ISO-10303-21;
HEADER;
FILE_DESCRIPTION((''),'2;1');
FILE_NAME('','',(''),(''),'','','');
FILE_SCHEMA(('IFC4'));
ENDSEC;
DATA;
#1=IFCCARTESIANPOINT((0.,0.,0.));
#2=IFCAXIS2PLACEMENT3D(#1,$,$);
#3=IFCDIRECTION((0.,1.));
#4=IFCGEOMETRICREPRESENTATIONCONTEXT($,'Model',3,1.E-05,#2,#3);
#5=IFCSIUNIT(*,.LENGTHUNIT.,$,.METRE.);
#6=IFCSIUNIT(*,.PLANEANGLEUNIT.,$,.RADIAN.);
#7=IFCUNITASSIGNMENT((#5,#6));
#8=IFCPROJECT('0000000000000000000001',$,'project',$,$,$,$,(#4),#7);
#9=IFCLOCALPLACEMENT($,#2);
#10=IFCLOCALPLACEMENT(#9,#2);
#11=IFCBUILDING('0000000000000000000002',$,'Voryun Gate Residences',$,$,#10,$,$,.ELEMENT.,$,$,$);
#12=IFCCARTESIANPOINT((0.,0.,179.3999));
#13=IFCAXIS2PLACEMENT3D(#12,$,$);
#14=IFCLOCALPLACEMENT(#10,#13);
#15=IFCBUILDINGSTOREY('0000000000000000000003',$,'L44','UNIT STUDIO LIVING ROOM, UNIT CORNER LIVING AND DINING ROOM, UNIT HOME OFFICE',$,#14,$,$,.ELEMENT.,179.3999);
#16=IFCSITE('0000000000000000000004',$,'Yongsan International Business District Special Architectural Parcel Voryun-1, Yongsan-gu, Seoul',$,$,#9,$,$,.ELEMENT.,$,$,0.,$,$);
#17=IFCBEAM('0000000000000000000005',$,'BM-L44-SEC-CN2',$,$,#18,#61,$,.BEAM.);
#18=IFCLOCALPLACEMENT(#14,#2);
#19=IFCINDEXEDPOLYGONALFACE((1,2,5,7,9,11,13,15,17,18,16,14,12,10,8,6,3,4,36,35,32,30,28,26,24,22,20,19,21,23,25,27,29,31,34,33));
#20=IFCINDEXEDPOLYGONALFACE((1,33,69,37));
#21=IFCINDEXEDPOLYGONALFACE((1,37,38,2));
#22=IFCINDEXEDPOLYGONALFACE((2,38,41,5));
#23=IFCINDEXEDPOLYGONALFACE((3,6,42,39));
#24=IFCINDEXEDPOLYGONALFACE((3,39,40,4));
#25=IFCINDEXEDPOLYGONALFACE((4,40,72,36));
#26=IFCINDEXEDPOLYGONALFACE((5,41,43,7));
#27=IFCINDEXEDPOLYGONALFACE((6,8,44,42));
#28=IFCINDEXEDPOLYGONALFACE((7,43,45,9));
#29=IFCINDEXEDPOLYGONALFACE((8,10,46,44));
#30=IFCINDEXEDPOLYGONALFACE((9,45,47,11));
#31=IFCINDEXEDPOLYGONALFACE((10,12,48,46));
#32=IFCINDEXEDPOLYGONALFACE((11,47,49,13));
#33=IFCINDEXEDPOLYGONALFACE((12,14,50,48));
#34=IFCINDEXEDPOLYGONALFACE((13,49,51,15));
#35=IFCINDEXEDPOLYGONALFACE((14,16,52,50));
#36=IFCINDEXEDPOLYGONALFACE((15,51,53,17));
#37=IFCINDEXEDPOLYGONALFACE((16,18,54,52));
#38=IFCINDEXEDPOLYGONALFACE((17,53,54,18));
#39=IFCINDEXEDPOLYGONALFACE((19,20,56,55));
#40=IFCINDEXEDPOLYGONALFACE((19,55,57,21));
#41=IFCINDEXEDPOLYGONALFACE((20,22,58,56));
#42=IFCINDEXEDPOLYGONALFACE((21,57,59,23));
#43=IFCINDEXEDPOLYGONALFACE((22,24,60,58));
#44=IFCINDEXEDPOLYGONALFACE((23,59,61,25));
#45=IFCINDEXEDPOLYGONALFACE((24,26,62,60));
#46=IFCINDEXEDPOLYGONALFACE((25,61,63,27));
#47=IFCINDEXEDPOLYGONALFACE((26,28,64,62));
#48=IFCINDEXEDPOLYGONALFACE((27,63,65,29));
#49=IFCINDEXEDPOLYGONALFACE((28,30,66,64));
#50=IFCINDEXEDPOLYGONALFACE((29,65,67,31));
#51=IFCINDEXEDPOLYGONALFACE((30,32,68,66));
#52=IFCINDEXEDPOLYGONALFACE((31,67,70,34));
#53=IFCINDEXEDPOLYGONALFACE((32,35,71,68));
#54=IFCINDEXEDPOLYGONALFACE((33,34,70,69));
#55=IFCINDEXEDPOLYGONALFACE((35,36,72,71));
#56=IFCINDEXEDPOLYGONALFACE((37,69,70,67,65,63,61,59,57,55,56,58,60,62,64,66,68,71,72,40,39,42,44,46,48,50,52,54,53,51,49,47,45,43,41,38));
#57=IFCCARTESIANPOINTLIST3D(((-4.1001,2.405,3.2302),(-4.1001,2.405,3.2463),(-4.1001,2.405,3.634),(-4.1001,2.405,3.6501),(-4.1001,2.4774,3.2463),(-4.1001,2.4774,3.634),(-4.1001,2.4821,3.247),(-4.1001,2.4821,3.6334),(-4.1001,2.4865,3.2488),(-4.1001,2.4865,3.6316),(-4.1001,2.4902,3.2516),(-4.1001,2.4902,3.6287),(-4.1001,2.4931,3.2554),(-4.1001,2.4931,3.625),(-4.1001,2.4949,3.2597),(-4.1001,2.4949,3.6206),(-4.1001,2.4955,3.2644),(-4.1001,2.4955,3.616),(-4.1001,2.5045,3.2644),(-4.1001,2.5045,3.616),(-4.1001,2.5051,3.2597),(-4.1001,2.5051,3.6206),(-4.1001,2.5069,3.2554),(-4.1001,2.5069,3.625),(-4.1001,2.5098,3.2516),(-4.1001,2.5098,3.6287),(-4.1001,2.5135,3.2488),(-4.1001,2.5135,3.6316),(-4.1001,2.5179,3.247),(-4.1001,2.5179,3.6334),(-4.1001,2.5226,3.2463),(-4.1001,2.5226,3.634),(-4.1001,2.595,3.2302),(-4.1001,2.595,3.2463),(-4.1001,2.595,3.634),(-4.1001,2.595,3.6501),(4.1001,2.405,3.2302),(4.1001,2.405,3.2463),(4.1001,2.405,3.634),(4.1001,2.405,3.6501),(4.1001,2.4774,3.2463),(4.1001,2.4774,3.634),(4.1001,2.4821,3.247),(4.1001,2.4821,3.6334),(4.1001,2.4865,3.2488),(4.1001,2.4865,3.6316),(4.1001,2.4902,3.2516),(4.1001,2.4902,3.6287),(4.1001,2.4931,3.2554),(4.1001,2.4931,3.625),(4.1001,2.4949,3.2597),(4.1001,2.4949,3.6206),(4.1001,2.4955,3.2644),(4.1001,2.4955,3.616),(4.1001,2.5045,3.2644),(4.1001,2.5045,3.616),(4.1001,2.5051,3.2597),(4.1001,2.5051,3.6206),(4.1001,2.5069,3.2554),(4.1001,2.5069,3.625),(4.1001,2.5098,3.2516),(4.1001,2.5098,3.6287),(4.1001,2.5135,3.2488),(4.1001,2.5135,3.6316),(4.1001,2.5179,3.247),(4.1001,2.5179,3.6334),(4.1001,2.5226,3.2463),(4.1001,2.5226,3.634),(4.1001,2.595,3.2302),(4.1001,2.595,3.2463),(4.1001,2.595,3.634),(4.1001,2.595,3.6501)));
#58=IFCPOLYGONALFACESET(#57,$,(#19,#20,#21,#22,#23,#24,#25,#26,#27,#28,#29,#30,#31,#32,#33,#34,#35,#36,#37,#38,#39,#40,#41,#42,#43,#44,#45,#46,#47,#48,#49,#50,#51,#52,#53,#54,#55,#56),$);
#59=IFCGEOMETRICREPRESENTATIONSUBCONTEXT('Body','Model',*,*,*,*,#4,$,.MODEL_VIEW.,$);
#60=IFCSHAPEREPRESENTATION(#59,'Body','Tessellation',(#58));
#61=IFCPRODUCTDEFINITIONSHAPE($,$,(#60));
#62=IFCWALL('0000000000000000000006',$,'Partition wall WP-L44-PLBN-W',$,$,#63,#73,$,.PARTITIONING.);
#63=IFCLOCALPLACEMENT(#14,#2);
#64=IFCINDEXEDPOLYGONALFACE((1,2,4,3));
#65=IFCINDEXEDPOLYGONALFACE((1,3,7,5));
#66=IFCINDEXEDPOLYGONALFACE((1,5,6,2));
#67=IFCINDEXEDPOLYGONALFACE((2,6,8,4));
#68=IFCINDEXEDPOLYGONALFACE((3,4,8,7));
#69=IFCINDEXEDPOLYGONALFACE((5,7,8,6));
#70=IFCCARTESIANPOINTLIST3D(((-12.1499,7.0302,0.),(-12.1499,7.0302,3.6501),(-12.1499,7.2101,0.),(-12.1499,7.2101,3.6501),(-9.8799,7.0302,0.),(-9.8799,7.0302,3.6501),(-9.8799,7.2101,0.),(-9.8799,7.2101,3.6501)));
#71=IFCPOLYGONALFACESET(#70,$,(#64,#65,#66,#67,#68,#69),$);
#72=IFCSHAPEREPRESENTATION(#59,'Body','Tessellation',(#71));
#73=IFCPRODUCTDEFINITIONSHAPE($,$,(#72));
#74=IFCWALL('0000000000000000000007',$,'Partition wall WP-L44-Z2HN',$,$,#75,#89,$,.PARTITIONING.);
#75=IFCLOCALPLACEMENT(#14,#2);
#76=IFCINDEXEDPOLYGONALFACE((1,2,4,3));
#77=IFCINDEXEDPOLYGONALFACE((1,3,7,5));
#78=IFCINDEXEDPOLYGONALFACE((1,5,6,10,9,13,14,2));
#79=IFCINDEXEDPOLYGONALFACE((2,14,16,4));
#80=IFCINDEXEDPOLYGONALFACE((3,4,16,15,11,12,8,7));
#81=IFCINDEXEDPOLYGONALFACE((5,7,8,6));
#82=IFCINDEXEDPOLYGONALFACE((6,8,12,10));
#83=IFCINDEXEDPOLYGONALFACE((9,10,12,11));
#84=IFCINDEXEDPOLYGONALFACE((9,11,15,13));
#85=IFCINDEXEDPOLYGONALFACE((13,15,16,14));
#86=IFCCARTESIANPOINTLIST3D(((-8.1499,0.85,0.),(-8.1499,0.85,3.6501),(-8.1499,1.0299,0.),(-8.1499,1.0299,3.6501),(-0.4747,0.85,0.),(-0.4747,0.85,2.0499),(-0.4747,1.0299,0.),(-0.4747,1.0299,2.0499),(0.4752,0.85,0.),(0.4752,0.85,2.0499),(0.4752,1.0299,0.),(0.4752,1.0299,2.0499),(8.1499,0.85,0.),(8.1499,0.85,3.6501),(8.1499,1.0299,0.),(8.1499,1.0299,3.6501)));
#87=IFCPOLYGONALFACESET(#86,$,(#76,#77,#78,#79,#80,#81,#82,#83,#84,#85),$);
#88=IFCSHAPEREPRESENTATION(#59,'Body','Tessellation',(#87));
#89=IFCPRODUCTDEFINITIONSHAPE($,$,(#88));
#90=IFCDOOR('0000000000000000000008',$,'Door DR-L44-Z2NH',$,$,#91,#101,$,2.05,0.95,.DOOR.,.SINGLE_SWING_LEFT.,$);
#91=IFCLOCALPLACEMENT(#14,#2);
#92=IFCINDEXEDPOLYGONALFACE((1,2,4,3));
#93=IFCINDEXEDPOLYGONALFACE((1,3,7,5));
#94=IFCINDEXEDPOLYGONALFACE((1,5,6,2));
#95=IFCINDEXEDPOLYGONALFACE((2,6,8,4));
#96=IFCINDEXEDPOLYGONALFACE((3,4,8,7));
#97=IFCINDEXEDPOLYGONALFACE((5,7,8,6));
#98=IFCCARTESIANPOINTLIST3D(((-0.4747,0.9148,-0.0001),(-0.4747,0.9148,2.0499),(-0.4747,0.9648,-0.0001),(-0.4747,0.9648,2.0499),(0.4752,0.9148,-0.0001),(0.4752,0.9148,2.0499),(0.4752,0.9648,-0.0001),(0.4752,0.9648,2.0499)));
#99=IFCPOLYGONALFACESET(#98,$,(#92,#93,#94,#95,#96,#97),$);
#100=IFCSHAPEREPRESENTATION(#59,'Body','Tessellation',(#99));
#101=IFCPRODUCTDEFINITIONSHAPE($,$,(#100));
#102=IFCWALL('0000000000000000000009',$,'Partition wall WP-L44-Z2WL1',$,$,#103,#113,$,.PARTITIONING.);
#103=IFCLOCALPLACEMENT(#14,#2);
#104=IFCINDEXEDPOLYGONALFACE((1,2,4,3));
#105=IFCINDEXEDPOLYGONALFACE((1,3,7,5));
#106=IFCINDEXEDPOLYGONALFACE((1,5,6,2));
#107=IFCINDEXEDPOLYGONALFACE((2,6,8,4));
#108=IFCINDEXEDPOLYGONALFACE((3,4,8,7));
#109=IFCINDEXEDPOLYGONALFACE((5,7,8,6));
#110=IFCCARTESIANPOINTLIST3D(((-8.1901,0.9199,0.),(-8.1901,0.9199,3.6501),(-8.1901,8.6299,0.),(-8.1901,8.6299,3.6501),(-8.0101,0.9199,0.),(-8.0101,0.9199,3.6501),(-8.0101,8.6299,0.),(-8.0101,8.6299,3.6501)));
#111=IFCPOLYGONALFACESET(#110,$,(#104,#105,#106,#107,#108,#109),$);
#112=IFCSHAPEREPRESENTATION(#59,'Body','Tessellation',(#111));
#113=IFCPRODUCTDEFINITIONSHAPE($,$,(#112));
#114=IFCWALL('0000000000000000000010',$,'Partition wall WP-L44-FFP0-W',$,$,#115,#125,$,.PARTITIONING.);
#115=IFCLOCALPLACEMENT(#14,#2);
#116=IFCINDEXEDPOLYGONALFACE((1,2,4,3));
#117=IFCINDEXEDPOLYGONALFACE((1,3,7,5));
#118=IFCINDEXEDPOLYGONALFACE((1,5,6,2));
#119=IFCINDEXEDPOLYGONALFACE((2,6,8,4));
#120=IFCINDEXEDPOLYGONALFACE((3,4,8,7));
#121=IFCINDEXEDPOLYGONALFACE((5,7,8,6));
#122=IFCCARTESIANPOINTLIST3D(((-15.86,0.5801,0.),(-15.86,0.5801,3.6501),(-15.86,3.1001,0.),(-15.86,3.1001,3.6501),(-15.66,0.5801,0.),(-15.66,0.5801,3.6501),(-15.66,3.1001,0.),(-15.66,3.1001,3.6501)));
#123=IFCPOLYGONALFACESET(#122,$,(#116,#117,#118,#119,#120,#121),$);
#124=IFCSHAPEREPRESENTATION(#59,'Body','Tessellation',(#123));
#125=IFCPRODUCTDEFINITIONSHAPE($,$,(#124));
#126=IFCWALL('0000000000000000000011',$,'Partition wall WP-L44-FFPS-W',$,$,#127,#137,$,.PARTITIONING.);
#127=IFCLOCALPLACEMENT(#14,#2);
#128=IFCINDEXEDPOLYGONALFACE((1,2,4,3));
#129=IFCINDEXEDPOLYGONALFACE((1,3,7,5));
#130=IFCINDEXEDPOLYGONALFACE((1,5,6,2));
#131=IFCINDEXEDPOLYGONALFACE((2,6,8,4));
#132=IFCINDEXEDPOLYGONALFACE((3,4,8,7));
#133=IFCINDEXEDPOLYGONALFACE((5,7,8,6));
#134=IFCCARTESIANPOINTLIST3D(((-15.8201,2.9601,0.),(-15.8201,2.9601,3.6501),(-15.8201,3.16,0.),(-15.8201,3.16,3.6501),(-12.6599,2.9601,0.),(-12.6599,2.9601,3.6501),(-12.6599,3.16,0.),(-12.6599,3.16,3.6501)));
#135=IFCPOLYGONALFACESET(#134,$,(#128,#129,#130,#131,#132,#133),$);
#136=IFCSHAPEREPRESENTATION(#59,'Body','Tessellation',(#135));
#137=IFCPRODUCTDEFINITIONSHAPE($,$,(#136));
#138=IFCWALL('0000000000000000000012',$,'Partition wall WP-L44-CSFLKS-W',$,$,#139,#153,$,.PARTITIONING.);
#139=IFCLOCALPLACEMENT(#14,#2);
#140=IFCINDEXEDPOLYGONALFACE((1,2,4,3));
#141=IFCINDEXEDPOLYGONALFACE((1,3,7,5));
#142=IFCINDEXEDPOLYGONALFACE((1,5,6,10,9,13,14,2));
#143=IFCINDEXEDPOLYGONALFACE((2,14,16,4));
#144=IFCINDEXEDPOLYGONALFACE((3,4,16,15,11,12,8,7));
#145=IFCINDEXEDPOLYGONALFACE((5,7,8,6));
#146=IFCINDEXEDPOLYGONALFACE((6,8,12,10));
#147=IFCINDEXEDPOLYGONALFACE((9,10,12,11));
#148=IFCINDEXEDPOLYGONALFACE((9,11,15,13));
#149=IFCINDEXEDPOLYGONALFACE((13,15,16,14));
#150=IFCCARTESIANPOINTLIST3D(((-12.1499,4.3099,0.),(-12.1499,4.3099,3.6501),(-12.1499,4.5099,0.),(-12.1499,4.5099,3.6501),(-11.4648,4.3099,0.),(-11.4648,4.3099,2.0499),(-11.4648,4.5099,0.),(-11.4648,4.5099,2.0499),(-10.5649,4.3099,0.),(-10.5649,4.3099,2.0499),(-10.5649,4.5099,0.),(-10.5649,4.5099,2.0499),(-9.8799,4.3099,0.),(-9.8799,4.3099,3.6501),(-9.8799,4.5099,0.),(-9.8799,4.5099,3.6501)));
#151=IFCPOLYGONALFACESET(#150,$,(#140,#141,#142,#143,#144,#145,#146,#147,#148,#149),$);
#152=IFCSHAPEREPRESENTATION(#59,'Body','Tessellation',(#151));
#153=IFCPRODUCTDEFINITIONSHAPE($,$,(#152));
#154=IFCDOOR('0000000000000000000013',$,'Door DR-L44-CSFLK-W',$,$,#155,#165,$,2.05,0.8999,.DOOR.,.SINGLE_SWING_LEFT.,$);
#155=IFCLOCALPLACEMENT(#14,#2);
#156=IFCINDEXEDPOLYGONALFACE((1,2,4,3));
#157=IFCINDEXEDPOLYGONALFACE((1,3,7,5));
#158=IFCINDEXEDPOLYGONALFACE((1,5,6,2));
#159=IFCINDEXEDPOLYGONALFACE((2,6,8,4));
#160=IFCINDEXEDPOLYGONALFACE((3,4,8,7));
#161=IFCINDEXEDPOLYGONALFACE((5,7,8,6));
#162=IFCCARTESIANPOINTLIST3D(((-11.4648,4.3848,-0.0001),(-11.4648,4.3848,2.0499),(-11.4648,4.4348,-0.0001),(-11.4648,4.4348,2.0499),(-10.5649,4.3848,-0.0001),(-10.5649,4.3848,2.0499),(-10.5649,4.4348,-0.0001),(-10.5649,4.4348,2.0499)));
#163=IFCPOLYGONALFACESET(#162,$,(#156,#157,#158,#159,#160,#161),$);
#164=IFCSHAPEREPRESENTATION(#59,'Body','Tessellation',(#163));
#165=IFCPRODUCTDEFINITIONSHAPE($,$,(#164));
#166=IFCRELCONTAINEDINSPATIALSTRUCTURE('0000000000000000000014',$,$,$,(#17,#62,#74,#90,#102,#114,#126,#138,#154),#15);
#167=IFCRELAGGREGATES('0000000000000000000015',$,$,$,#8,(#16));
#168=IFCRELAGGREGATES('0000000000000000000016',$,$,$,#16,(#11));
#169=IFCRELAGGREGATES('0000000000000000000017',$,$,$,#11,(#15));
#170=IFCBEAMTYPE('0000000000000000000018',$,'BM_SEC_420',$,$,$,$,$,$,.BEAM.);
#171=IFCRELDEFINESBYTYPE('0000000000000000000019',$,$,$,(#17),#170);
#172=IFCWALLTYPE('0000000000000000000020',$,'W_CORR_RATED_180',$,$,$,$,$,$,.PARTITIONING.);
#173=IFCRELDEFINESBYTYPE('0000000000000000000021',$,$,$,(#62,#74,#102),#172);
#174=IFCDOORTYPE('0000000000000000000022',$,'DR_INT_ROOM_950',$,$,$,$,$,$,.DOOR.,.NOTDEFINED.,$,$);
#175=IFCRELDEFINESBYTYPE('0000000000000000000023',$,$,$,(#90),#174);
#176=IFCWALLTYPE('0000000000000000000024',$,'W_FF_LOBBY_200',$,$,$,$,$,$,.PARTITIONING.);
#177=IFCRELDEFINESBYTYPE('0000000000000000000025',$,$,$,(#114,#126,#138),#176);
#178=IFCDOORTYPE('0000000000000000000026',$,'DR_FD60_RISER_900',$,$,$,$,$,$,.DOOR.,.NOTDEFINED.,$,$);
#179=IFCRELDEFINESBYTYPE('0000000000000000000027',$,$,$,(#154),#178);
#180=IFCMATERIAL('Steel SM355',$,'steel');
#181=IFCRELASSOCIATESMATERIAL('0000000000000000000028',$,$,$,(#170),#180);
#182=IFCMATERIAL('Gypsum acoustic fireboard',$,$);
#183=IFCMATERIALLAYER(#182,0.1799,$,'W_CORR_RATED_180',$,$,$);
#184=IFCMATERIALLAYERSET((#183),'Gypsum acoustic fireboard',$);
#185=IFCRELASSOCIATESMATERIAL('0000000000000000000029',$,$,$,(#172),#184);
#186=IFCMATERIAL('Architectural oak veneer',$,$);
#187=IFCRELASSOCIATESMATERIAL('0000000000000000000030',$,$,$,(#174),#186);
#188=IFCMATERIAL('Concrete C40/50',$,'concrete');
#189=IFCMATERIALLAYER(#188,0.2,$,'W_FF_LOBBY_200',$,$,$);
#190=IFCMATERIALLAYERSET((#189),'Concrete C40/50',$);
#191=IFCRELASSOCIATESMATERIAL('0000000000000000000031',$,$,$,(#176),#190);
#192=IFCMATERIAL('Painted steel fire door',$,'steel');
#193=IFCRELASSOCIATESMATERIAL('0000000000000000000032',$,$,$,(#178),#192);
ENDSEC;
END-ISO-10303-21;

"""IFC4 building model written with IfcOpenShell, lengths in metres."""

from ifc_helpers import new_model, si_unit, direction, frame, frame_2d, origin, origin_2d, place, context, subcontext, project, spatial, rectangle, i_section, extrude, material, layer, layer_set, material_profile, profile_set, type_object, element, fill, save


model = new_model("IFC4")

# Units and contexts
model_context = context("Model", 3, precision=1e-05, world=origin(), true_north=direction((0.0, 1.0)))
body_context = subcontext(model_context, "Body", "Model", "MODEL_VIEW")
ifc_project = project(units=[si_unit("LENGTHUNIT", "METRE"), si_unit("PLANEANGLEUNIT", "RADIAN")], contexts=[model_context])

# Site, building, storey
site_placement = place(None, origin())
site = spatial("IfcSite", under=ifc_project, at=site_placement, Name="Yongsan International Business District Special Architectural Parcel Voryun-1, Yongsan-gu, Seoul", CompositionType="ELEMENT", RefElevation=0.0)
building_placement = place(site_placement, origin())
building = spatial("IfcBuilding", under=site, at=building_placement, Name="Voryun Gate Residences", CompositionType="ELEMENT")
storey_placement = place(building_placement, frame((0.0, 0.0, 179.3999)))
storey = spatial("IfcBuildingStorey", under=building, at=storey_placement, Name="L44", Description="UNIT STUDIO LIVING ROOM, UNIT CORNER LIVING AND DINING ROOM, UNIT HOME OFFICE", CompositionType="ELEMENT", Elevation=179.3999)

# Beam
ifc_material_1 = material(Name="Steel SM355", Category="steel")
ifc_material_profile_1 = material_profile(ifc_material_1, i_section(OverallWidth=0.1899, OverallDepth=0.4199, WebThickness=0.009, FlangeThickness=0.0161, FilletRadius=0.0181, at=origin_2d()), Name="H-420x190x9x16")
ifc_profile_set_1 = profile_set([ifc_material_profile_1], Name="Steel SM355")
beam_type = type_object("IfcBeamType", Name="BM_SEC_420", PredefinedType="BEAM", material=ifc_profile_set_1)
beam_1_placement = place(storey_placement, frame((-4.1001, 2.5, 3.4402), z_axis=(1.0, 0.0, 0.0), x_axis=(0.0, 1.0, 0.0)))
element("IfcBeam", 1, at=beam_1_placement, inside=storey, type_object=beam_type, Name="BM-L44-SEC-CN2", PredefinedType="BEAM", context=body_context, shape_type="SweptSolid", body=[
    extrude(i_section(OverallWidth=0.1899, OverallDepth=0.4199, WebThickness=0.009, FlangeThickness=0.0161, FilletRadius=0.0181, at=origin_2d()), origin(), (0.0, 0.0, 1.0), 8.2002),
])

# Wall
ifc_material_2 = material(Name="Gypsum acoustic fireboard")
ifc_layer_1 = layer(ifc_material_2, 0.1799, Name="W_CORR_RATED_180")
ifc_layer_set_1 = layer_set([ifc_layer_1], Name="Gypsum acoustic fireboard")
wall_type_1 = type_object("IfcWallType", Name="W_CORR_RATED_180", PredefinedType="PARTITIONING", material=ifc_layer_set_1)
wall_1_placement = place(storey_placement, frame((-12.1499, 7.1201, 0.0), z_axis=(0.0, 0.0, 1.0), x_axis=(1.0, 0.0, 0.0)))
element("IfcWall", 2, at=wall_1_placement, inside=storey, type_object=wall_type_1, Name="Partition wall WP-L44-PLBN-W", PredefinedType="PARTITIONING", context=body_context, shape_type="SweptSolid", body=[
    extrude(rectangle(XDim=2.27, YDim=0.1799, at=frame_2d((1.135, 0.0))), origin(), (0.0, 0.0, 1.0), 3.6501),
])

# Wall, opening, door
wall_2_placement = place(storey_placement, frame((-8.1499, 0.9399, 0.0), z_axis=(0.0, 0.0, 1.0), x_axis=(1.0, 0.0, 0.0)))
wall_2 = element("IfcWall", 3, at=wall_2_placement, inside=storey, type_object=wall_type_1, Name="Partition wall WP-L44-Z2HN", PredefinedType="PARTITIONING", context=body_context, shape_type="SweptSolid", body=[
    extrude(rectangle(XDim=16.2998, YDim=0.1799, at=frame_2d((8.1499, 0.0))), origin(), (0.0, 0.0, 1.0), 3.6501),
])
opening_1_placement = place(wall_2_placement, frame((7.675, 0.0, 0.0)))
opening_1 = element("IfcOpeningElement", 4, at=opening_1_placement, cuts=wall_2, PredefinedType="OPENING", context=body_context, shape_type="SweptSolid", body=[
    extrude(rectangle(XDim=0.95, YDim=2.05, at=frame_2d((0.4751, 1.0249))), frame((0.0, 0.0999, 0.0), z_axis=(0.0, -1.0, 0.0), x_axis=(1.0, 0.0, 0.0)), (0.0, 0.0, 1.0), 0.2),
])
ifc_material_3 = material(Name="Architectural oak veneer")
door_type_1 = type_object("IfcDoorType", Name="DR_INT_ROOM_950", OperationType="NOTDEFINED", PredefinedType="DOOR", material=ifc_material_3)
door_1_placement = place(opening_1_placement, origin())
door_1 = element("IfcDoor", 5, at=door_1_placement, inside=storey, type_object=door_type_1, Name="Door DR-L44-Z2NH", OperationType="SINGLE_SWING_LEFT", OverallHeight=2.05, OverallWidth=0.95, PredefinedType="DOOR", context=body_context, shape_type="SweptSolid", body=[
    extrude(rectangle(XDim=0.95, YDim=2.05, at=frame_2d((0.4751, 1.0249))), frame((0.0, 0.0249, 0.0), z_axis=(0.0, -1.0, 0.0), x_axis=(1.0, 0.0, 0.0)), (0.0, 0.0, 1.0), 0.05),
])
fill(opening_1, door_1)

# Walls
wall_3_placement = place(storey_placement, frame((-8.1001, 0.9199, 0.0), z_axis=(0.0, 0.0, 1.0), x_axis=(0.0, 1.0, 0.0)))
element("IfcWall", 6, at=wall_3_placement, inside=storey, type_object=wall_type_1, Name="Partition wall WP-L44-Z2WL1", PredefinedType="PARTITIONING", context=body_context, shape_type="SweptSolid", body=[
    extrude(rectangle(XDim=7.71, YDim=0.1799, at=frame_2d((3.855, 0.0))), origin(), (0.0, 0.0, 1.0), 3.6501),
])
ifc_material_4 = material(Name="Concrete C40/50", Category="concrete")
ifc_layer_2 = layer(ifc_material_4, 0.2, Name="W_FF_LOBBY_200")
ifc_layer_set_2 = layer_set([ifc_layer_2], Name="Concrete C40/50")
wall_type_2 = type_object("IfcWallType", Name="W_FF_LOBBY_200", PredefinedType="PARTITIONING", material=ifc_layer_set_2)
wall_4_placement = place(storey_placement, frame((-15.76, 0.5801, 0.0), z_axis=(0.0, 0.0, 1.0), x_axis=(0.0, 1.0, 0.0)))
element("IfcWall", 7, at=wall_4_placement, inside=storey, type_object=wall_type_2, Name="Partition wall WP-L44-FFP0-W", PredefinedType="PARTITIONING", context=body_context, shape_type="SweptSolid", body=[
    extrude(rectangle(XDim=2.52, YDim=0.2, at=frame_2d((1.26, 0.0))), origin(), (0.0, 0.0, 1.0), 3.6501),
])
wall_5_placement = place(storey_placement, frame((-15.8201, 3.0601, 0.0), z_axis=(0.0, 0.0, 1.0), x_axis=(1.0, 0.0, 0.0)))
element("IfcWall", 8, at=wall_5_placement, inside=storey, type_object=wall_type_2, Name="Partition wall WP-L44-FFPS-W", PredefinedType="PARTITIONING", context=body_context, shape_type="SweptSolid", body=[
    extrude(rectangle(XDim=3.1602, YDim=0.2, at=frame_2d((1.5801, 0.0))), origin(), (0.0, 0.0, 1.0), 3.6501),
])

# Wall, opening, door
wall_6_placement = place(storey_placement, frame((-12.1499, 4.4099, 0.0), z_axis=(0.0, 0.0, 1.0), x_axis=(1.0, 0.0, 0.0)))
wall_6 = element("IfcWall", 9, at=wall_6_placement, inside=storey, type_object=wall_type_2, Name="Partition wall WP-L44-CSFLKS-W", PredefinedType="PARTITIONING", context=body_context, shape_type="SweptSolid", body=[
    extrude(rectangle(XDim=2.27, YDim=0.2, at=frame_2d((1.135, 0.0))), origin(), (0.0, 0.0, 1.0), 3.6501),
])
opening_2_placement = place(wall_6_placement, frame((0.6851, 0.0, 0.0)))
opening_2 = element("IfcOpeningElement", 10, at=opening_2_placement, cuts=wall_6, PredefinedType="OPENING", context=body_context, shape_type="SweptSolid", body=[
    extrude(rectangle(XDim=0.8999, YDim=2.05, at=frame_2d((0.45, 1.0249))), frame((0.0, 0.1101, 0.0), z_axis=(0.0, -1.0, 0.0), x_axis=(1.0, 0.0, 0.0)), (0.0, 0.0, 1.0), 0.22),
])
ifc_material_5 = material(Name="Painted steel fire door", Category="steel")
door_type_2 = type_object("IfcDoorType", Name="DR_FD60_RISER_900", OperationType="NOTDEFINED", PredefinedType="DOOR", material=ifc_material_5)
door_2_placement = place(opening_2_placement, origin())
door_2 = element("IfcDoor", 11, at=door_2_placement, inside=storey, type_object=door_type_2, Name="Door DR-L44-CSFLK-W", OperationType="SINGLE_SWING_LEFT", OverallHeight=2.05, OverallWidth=0.8999, PredefinedType="DOOR", context=body_context, shape_type="SweptSolid", body=[
    extrude(rectangle(XDim=0.8999, YDim=2.05, at=frame_2d((0.45, 1.0249))), frame((0.0, 0.0249, 0.0), z_axis=(0.0, -1.0, 0.0), x_axis=(1.0, 0.0, 0.0)), (0.0, 0.0, 1.0), 0.05),
])
fill(opening_2, door_2)

save(model, "model.ifc")
